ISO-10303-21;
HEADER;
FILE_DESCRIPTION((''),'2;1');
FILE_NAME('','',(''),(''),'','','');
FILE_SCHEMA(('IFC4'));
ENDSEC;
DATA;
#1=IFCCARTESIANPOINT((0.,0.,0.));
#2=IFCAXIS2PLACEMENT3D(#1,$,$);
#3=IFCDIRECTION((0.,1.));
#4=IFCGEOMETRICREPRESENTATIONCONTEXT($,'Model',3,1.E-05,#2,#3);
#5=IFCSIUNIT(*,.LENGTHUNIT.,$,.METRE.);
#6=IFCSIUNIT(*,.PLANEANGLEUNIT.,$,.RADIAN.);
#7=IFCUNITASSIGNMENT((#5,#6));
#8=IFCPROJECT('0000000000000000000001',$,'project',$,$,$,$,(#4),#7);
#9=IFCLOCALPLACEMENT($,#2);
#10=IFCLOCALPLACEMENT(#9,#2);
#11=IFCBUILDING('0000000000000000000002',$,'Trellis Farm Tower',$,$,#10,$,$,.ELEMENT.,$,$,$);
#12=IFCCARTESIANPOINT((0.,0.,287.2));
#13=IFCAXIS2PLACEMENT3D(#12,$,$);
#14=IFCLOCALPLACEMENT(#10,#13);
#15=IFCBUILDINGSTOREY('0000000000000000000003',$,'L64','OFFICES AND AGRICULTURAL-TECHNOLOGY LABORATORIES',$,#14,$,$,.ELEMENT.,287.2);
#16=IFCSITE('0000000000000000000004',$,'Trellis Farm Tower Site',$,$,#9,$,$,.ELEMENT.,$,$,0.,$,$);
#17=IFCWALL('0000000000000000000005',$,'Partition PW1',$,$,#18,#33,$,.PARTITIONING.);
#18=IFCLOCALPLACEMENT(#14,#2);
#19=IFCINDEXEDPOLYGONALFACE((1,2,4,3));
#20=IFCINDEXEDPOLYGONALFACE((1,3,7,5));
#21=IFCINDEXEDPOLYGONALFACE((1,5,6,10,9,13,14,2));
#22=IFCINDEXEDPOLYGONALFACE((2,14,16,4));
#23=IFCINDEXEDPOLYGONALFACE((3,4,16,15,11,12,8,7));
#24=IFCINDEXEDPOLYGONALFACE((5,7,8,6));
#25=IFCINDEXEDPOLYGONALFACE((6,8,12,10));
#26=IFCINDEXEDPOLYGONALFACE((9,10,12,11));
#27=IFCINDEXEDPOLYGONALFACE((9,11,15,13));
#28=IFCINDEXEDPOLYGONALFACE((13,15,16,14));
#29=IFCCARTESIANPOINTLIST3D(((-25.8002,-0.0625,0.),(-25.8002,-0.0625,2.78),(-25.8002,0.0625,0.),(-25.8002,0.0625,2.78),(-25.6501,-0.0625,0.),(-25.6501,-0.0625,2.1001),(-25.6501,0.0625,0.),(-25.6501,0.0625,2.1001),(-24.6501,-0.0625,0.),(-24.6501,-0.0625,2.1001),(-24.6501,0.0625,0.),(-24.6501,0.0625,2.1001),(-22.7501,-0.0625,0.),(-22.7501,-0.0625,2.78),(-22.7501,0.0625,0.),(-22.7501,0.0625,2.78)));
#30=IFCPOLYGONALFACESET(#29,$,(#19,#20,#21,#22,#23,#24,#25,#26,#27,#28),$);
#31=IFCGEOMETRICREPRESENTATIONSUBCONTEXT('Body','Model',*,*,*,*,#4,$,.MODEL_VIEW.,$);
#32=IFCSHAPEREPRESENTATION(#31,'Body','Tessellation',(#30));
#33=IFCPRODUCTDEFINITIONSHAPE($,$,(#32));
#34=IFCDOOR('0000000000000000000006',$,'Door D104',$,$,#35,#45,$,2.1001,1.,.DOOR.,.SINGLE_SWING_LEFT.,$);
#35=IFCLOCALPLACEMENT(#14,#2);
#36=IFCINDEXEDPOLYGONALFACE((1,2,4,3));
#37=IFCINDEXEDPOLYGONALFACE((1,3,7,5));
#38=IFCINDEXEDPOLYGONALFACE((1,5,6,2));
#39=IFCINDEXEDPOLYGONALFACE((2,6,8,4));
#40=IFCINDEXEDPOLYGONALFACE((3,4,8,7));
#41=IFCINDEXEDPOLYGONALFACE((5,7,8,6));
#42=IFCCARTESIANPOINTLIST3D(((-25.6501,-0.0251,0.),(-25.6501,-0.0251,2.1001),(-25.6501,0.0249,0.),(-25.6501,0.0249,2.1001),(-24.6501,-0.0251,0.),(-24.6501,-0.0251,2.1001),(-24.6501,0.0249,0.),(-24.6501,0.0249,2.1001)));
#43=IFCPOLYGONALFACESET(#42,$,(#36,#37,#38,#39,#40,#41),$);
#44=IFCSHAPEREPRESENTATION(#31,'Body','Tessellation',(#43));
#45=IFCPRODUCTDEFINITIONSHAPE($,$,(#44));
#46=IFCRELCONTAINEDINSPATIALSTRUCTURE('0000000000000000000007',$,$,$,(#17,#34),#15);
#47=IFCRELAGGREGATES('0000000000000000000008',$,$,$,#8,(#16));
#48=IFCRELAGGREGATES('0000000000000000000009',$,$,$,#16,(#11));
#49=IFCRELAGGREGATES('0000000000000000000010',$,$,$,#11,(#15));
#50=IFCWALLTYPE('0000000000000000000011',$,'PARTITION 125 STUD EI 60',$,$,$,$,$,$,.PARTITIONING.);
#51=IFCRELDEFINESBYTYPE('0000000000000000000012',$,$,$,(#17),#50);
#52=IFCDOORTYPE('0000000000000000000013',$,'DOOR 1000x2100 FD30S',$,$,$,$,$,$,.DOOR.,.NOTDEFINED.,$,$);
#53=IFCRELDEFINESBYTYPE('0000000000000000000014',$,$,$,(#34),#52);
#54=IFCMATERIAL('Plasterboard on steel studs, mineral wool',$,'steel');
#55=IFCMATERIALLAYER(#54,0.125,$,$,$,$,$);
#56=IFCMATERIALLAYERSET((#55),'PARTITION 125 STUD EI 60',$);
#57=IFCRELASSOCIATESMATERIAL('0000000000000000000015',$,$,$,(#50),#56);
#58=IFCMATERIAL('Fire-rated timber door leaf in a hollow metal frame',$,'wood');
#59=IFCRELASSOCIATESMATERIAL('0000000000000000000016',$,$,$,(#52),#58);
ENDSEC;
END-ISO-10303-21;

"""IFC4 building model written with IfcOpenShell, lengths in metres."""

from ifc_helpers import new_model, si_unit, direction, frame, frame_2d, origin, place, context, subcontext, project, spatial, rectangle, extrude, source, transform, mapped, material, layer, layer_set, type_object, element, fill, save


model = new_model("IFC4")

# Units and contexts
model_context = context("Model", 3, precision=1e-05, world=origin(), true_north=direction((0.0, 1.0)))
body_context = subcontext(model_context, "Body", "Model", "MODEL_VIEW")
ifc_project = project(units=[si_unit("LENGTHUNIT", "METRE"), si_unit("PLANEANGLEUNIT", "RADIAN")], contexts=[model_context])

# Site, building, storey
site_placement = place(None, origin())
site = spatial("IfcSite", under=ifc_project, at=site_placement, Name="Trellis Farm Tower Site", CompositionType="ELEMENT", RefElevation=0.0)
building_placement = place(site_placement, origin())
building = spatial("IfcBuilding", under=site, at=building_placement, Name="Trellis Farm Tower", CompositionType="ELEMENT")
storey_placement = place(building_placement, frame((0.0, 0.0, 287.2)))
storey = spatial("IfcBuildingStorey", under=building, at=storey_placement, Name="L64", Description="OFFICES AND AGRICULTURAL-TECHNOLOGY LABORATORIES", CompositionType="ELEMENT", Elevation=287.2)

# Wall, opening, door
ifc_material_1 = material(Name="Plasterboard on steel studs, mineral wool", Category="steel")
ifc_layer_1 = layer(ifc_material_1, 0.125)
ifc_layer_set_1 = layer_set([ifc_layer_1], Name="PARTITION 125 STUD EI 60")
wall_type_1 = type_object("IfcWallType", Name="PARTITION 125 STUD EI 60", PredefinedType="PARTITIONING", material=ifc_layer_set_1)
shared_shape_1 = source(origin(), body_context, "Body", "SweptSolid", [
    extrude(rectangle(XDim=3.05, YDim=0.125, at=frame_2d((1.5249, 0.0))), origin(), (0.0, 0.0, 1.0), 2.78),
])
wall_1_placement = place(storey_placement, frame((-25.8, 0.0, 0.0), z_axis=(0.0, 0.0, 1.0), x_axis=(1.0, 0.0, 0.0)))
wall_1 = element("IfcWall", 1, at=wall_1_placement, inside=storey, type_object=wall_type_1, Name="Partition PW1", PredefinedType="PARTITIONING", context=body_context, shape_type="MappedRepresentation", body=[
    mapped(shared_shape_1, transform((0.0, 0.0, 0.0))),
])
shared_shape_2 = source(origin(), body_context, "Body", "SweptSolid", [
    extrude(rectangle(XDim=1.0, YDim=2.1001, at=frame_2d((0.5, 1.05))), frame((0.0, 0.0725, 0.0), z_axis=(0.0, -1.0, 0.0), x_axis=(1.0, 0.0, 0.0)), (0.0, 0.0, 1.0), 0.145),
])
opening_1_placement = place(wall_1_placement, frame((0.1499, 0.0, 0.0)))
opening_1 = element("IfcOpeningElement", 2, at=opening_1_placement, cuts=wall_1, PredefinedType="OPENING", context=body_context, shape_type="MappedRepresentation", body=[
    mapped(shared_shape_2, transform((0.0, 0.0, 0.0))),
])
ifc_material_2 = material(Name="Fire-rated timber door leaf in a hollow metal frame", Category="wood")
door_type_1 = type_object("IfcDoorType", Name="DOOR 1000x2100 FD30S", OperationType="NOTDEFINED", PredefinedType="DOOR", material=ifc_material_2)
shared_shape_3 = source(origin(), body_context, "Body", "SweptSolid", [
    extrude(rectangle(XDim=1.0, YDim=2.1001, at=frame_2d((0.5, 1.05))), frame((0.0, 0.0249, 0.0), z_axis=(0.0, -1.0, 0.0), x_axis=(1.0, 0.0, 0.0)), (0.0, 0.0, 1.0), 0.05),
])
door_1_placement = place(opening_1_placement, origin())
door_1 = element("IfcDoor", 3, at=door_1_placement, inside=storey, type_object=door_type_1, Name="Door D104", OperationType="SINGLE_SWING_LEFT", OverallHeight=2.1001, OverallWidth=1.0, PredefinedType="DOOR", context=body_context, shape_type="MappedRepresentation", body=[
    mapped(shared_shape_3, transform((0.0, 0.0, 0.0))),
])
fill(opening_1, door_1)

save(model, "model.ifc")
